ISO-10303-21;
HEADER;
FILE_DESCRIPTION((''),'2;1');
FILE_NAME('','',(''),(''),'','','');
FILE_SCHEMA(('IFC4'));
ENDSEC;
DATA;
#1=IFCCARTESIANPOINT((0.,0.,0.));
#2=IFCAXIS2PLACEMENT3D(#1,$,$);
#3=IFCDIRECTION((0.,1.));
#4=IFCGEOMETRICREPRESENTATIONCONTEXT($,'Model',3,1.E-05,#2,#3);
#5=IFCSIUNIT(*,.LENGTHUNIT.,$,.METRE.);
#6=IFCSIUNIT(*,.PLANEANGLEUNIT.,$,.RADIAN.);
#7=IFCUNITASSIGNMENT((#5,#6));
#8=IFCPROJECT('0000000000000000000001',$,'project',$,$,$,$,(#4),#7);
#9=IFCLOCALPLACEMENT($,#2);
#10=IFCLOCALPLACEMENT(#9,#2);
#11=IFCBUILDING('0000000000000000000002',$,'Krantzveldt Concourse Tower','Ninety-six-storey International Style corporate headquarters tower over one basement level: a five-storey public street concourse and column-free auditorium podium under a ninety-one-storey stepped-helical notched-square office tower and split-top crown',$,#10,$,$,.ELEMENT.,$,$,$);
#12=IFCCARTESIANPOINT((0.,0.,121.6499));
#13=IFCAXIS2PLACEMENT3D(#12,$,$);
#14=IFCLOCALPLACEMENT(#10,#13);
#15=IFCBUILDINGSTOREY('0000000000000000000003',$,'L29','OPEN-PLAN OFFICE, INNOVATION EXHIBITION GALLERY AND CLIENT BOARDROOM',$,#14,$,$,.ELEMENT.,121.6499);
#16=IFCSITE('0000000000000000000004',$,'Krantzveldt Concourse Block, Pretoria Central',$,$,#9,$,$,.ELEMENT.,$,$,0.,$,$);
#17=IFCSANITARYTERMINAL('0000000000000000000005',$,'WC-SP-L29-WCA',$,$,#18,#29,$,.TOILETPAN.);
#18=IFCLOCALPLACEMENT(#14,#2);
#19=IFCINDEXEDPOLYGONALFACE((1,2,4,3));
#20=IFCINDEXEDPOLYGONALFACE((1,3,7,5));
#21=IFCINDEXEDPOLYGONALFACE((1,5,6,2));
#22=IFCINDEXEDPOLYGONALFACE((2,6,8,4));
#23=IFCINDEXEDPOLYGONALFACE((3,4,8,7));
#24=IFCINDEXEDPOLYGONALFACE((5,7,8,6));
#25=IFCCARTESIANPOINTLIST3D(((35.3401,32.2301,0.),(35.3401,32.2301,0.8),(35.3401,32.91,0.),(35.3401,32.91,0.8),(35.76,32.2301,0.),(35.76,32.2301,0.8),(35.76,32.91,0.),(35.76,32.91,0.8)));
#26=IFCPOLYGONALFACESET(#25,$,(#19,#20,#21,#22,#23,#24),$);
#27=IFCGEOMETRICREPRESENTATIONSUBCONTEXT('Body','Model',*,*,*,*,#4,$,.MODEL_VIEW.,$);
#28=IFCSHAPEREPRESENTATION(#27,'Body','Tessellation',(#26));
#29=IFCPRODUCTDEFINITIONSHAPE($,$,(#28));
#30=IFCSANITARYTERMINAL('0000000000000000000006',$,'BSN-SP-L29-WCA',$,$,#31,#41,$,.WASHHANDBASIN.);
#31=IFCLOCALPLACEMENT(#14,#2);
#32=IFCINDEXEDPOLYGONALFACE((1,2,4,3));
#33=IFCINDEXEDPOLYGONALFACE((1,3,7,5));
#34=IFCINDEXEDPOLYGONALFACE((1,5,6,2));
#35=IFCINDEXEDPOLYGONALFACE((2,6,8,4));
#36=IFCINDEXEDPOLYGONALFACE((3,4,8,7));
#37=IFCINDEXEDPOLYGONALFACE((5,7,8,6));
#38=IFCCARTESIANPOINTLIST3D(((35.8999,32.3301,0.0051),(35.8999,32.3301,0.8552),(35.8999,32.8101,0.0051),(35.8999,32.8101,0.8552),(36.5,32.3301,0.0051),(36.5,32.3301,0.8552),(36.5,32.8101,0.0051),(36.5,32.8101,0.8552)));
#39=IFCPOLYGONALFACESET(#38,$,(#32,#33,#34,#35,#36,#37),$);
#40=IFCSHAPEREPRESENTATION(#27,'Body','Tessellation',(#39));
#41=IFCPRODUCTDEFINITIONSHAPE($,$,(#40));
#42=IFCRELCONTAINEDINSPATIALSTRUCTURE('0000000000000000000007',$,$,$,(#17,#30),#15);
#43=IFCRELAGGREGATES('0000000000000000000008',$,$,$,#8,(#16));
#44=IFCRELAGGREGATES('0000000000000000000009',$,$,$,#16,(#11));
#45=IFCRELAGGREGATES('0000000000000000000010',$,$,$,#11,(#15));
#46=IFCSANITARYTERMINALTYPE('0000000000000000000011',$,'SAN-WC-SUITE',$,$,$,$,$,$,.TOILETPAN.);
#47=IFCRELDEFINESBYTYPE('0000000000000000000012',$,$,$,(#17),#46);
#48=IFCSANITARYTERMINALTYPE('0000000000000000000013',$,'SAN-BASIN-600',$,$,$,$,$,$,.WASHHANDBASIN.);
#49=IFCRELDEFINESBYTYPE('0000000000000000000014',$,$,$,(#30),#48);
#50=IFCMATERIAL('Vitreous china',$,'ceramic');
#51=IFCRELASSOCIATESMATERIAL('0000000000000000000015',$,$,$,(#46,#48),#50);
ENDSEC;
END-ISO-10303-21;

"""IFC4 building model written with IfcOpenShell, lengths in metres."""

from ifc_helpers import new_model, si_unit, direction, frame, origin, origin_2d, place, context, subcontext, project, spatial, rectangle, extrude, source, transform, mapped, material, type_object, type_shapes, element, save


model = new_model("IFC4")

# Units and contexts
model_context = context("Model", 3, precision=1e-05, world=origin(), true_north=direction((0.0, 1.0)))
body_context = subcontext(model_context, "Body", "Model", "MODEL_VIEW")
ifc_project = project(units=[si_unit("LENGTHUNIT", "METRE"), si_unit("PLANEANGLEUNIT", "RADIAN")], contexts=[model_context])

# Site, building, storey
site_placement = place(None, origin())
site = spatial("IfcSite", under=ifc_project, at=site_placement, Name="Krantzveldt Concourse Block, Pretoria Central", CompositionType="ELEMENT", RefElevation=0.0)
building_placement = place(site_placement, origin())
building = spatial("IfcBuilding", under=site, at=building_placement, Name="Krantzveldt Concourse Tower", Description="Ninety-six-storey International Style corporate headquarters tower over one basement level: a five-storey public street concourse and column-free auditorium podium under a ninety-one-storey stepped-helical notched-square office tower and split-top crown", CompositionType="ELEMENT")
storey_placement = place(building_placement, frame((0.0, 0.0, 121.6499)))
storey = spatial("IfcBuildingStorey", under=building, at=storey_placement, Name="L29", Description="OPEN-PLAN OFFICE, INNOVATION EXHIBITION GALLERY AND CLIENT BOARDROOM", CompositionType="ELEMENT", Elevation=121.6499)

# Sanitary terminals
ifc_material_1 = material(Name="Vitreous china", Category="ceramic")
sanitary_terminal_type_1 = type_object("IfcSanitaryTerminalType", Name="SAN-WC-SUITE", PredefinedType="TOILETPAN", material=ifc_material_1)
shared_shape_1 = source(origin(), body_context, "Body", "SweptSolid", [
    extrude(rectangle(XDim=0.4199, YDim=0.6799, at=origin_2d()), origin(), (0.0, 0.0, 1.0), 0.8),
])
type_shapes(sanitary_terminal_type_1, [shared_shape_1])
sanitary_terminal_1_placement = place(storey_placement, frame((35.55, 32.5701, 0.0), z_axis=(0.0, 0.0, 1.0), x_axis=(1.0, 0.0, 0.0)))
element("IfcSanitaryTerminal", 1, at=sanitary_terminal_1_placement, inside=storey, type_object=sanitary_terminal_type_1, Name="WC-SP-L29-WCA", PredefinedType="TOILETPAN", context=body_context, shape_type="MappedRepresentation", body=[
    mapped(shared_shape_1, transform((0.0, 0.0, 0.0), x_axis=(1.0, 0.0, 0.0), y_axis=(0.0, 1.0, 0.0), z_axis=(0.0, 0.0, 1.0), scale=1.0)),
])
sanitary_terminal_type_2 = type_object("IfcSanitaryTerminalType", Name="SAN-BASIN-600", PredefinedType="WASHHANDBASIN", material=ifc_material_1)
shared_shape_2 = source(origin(), body_context, "Body", "SweptSolid", [
    extrude(rectangle(XDim=0.6001, YDim=0.48, at=origin_2d()), origin(), (0.0, 0.0, 1.0), 0.8501),
])
type_shapes(sanitary_terminal_type_2, [shared_shape_2])
sanitary_terminal_2_placement = place(storey_placement, frame((36.2, 32.5701, 0.0051), z_axis=(0.0, 0.0, 1.0), x_axis=(1.0, 0.0, 0.0)))
element("IfcSanitaryTerminal", 2, at=sanitary_terminal_2_placement, inside=storey, type_object=sanitary_terminal_type_2, Name="BSN-SP-L29-WCA", PredefinedType="WASHHANDBASIN", context=body_context, shape_type="MappedRepresentation", body=[
    mapped(shared_shape_2, transform((0.0, 0.0, 0.0), x_axis=(1.0, 0.0, 0.0), y_axis=(0.0, 1.0, 0.0), z_axis=(0.0, 0.0, 1.0), scale=1.0)),
])

save(model, "model.ifc")
